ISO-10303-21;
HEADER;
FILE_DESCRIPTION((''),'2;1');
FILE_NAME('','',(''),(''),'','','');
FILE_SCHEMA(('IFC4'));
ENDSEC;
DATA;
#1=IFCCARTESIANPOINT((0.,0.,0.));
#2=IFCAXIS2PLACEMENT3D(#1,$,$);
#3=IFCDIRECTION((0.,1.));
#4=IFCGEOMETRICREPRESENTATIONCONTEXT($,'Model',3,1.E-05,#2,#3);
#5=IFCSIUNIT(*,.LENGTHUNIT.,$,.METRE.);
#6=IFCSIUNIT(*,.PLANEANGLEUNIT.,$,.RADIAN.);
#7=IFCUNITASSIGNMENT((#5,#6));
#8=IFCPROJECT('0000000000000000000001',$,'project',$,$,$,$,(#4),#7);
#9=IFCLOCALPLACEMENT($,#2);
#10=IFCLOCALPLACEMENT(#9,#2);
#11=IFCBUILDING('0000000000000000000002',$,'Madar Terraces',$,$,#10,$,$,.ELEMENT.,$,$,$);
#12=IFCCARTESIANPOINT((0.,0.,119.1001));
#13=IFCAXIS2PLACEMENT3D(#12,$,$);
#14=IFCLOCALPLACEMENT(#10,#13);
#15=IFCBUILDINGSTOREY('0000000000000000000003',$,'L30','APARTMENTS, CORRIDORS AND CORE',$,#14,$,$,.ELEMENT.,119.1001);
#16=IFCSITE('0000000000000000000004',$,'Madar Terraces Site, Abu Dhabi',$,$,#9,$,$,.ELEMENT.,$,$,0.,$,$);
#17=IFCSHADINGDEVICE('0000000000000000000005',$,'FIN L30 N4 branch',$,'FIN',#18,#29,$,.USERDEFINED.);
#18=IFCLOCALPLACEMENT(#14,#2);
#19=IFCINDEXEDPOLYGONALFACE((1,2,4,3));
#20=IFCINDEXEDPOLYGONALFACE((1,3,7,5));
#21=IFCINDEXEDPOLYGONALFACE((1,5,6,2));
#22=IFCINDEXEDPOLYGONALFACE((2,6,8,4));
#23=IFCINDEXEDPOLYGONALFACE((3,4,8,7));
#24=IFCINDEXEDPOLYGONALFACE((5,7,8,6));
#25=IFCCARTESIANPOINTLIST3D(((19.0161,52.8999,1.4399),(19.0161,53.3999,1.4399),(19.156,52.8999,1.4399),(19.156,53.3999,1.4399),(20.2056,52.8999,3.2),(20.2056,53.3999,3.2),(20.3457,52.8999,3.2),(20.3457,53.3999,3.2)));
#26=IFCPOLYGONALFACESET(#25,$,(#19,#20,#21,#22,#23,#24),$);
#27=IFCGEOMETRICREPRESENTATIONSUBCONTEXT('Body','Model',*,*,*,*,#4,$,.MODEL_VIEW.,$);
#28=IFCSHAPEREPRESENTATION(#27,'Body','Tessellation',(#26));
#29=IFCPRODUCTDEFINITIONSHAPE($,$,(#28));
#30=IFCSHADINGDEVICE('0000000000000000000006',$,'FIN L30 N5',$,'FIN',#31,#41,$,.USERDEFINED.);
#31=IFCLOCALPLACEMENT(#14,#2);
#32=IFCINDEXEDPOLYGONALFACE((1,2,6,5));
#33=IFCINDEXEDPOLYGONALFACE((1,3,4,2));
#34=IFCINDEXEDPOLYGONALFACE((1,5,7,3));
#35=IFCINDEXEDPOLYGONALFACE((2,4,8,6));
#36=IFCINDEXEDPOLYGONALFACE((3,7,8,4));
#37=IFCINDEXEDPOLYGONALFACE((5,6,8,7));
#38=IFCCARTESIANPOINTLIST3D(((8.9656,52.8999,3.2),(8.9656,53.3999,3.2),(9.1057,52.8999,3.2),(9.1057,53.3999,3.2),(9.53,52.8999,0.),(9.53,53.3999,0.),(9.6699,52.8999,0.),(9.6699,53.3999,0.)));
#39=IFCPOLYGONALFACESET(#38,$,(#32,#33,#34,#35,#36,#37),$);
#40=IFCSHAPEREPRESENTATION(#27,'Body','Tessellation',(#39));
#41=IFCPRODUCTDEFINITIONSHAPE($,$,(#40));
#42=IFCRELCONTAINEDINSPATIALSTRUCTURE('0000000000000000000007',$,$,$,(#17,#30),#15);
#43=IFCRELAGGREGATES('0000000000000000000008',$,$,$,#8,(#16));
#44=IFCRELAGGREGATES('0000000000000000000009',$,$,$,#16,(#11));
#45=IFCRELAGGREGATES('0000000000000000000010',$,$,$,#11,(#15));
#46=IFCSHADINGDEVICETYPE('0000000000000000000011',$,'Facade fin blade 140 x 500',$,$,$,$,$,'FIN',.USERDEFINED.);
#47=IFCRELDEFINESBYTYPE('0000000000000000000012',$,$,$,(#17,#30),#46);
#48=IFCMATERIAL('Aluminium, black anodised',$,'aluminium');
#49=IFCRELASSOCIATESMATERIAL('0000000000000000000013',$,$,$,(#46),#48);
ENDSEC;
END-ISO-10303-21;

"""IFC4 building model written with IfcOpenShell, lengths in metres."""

from ifc_helpers import new_model, si_unit, direction, frame, origin, place, context, subcontext, project, spatial, polyline, outline, extrude, material, type_object, element, save


model = new_model("IFC4")

# Units and contexts
model_context = context("Model", 3, precision=1e-05, world=origin(), true_north=direction((0.0, 1.0)))
body_context = subcontext(model_context, "Body", "Model", "MODEL_VIEW")
ifc_project = project(units=[si_unit("LENGTHUNIT", "METRE"), si_unit("PLANEANGLEUNIT", "RADIAN")], contexts=[model_context])

# Site, building, storey
site_placement = place(None, origin())
site = spatial("IfcSite", under=ifc_project, at=site_placement, Name="Madar Terraces Site, Abu Dhabi", CompositionType="ELEMENT", RefElevation=0.0)
building_placement = place(site_placement, origin())
building = spatial("IfcBuilding", under=site, at=building_placement, Name="Madar Terraces", CompositionType="ELEMENT")
storey_placement = place(building_placement, frame((0.0, 0.0, 119.1001)))
storey = spatial("IfcBuildingStorey", under=building, at=storey_placement, Name="L30", Description="APARTMENTS, CORRIDORS AND CORE", CompositionType="ELEMENT", Elevation=119.1001)

# Shading devices
ifc_material_1 = material(Name="Aluminium, black anodised", Category="aluminium")
shading_device_type = type_object("IfcShadingDeviceType", Name="Facade fin blade 140 x 500", ElementType="FIN", PredefinedType="USERDEFINED", material=ifc_material_1)
shading_device_1_placement = place(storey_placement, frame((19.156, 53.1499, 1.4399), z_axis=(0.0, 0.0, 1.0), x_axis=(-1.0, 0.0, 0.0)))
element("IfcShadingDevice", 1, at=shading_device_1_placement, inside=storey, type_object=shading_device_type, Name="FIN L30 N4 branch", ObjectType="FIN", PredefinedType="USERDEFINED", context=body_context, shape_type="SweptSolid", body=[
    extrude(outline(polyline([(0.0, 0.0), (0.1399, 0.0), (-1.0496, 1.76), (-1.1897, 1.76), (0.0, 0.0)])), frame((0.0, 0.25, 0.0), z_axis=(0.0, -1.0, 0.0), x_axis=(1.0, 0.0, 0.0)), (0.0, 0.0, 1.0), 0.5),
])
shading_device_2_placement = place(storey_placement, frame((9.6699, 53.1499, 0.0), z_axis=(0.0, 0.0, 1.0), x_axis=(-1.0, 0.0, 0.0)))
element("IfcShadingDevice", 2, at=shading_device_2_placement, inside=storey, type_object=shading_device_type, Name="FIN L30 N5", ObjectType="FIN", PredefinedType="USERDEFINED", context=body_context, shape_type="SweptSolid", body=[
    extrude(outline(polyline([(0.0, 0.0), (0.1399, 0.0), (0.7043, 3.2), (0.5642, 3.2), (0.0, 0.0)])), frame((0.0, 0.25, 0.0), z_axis=(0.0, -1.0, 0.0), x_axis=(1.0, 0.0, 0.0)), (0.0, 0.0, 1.0), 0.5),
])

save(model, "model.ifc")
